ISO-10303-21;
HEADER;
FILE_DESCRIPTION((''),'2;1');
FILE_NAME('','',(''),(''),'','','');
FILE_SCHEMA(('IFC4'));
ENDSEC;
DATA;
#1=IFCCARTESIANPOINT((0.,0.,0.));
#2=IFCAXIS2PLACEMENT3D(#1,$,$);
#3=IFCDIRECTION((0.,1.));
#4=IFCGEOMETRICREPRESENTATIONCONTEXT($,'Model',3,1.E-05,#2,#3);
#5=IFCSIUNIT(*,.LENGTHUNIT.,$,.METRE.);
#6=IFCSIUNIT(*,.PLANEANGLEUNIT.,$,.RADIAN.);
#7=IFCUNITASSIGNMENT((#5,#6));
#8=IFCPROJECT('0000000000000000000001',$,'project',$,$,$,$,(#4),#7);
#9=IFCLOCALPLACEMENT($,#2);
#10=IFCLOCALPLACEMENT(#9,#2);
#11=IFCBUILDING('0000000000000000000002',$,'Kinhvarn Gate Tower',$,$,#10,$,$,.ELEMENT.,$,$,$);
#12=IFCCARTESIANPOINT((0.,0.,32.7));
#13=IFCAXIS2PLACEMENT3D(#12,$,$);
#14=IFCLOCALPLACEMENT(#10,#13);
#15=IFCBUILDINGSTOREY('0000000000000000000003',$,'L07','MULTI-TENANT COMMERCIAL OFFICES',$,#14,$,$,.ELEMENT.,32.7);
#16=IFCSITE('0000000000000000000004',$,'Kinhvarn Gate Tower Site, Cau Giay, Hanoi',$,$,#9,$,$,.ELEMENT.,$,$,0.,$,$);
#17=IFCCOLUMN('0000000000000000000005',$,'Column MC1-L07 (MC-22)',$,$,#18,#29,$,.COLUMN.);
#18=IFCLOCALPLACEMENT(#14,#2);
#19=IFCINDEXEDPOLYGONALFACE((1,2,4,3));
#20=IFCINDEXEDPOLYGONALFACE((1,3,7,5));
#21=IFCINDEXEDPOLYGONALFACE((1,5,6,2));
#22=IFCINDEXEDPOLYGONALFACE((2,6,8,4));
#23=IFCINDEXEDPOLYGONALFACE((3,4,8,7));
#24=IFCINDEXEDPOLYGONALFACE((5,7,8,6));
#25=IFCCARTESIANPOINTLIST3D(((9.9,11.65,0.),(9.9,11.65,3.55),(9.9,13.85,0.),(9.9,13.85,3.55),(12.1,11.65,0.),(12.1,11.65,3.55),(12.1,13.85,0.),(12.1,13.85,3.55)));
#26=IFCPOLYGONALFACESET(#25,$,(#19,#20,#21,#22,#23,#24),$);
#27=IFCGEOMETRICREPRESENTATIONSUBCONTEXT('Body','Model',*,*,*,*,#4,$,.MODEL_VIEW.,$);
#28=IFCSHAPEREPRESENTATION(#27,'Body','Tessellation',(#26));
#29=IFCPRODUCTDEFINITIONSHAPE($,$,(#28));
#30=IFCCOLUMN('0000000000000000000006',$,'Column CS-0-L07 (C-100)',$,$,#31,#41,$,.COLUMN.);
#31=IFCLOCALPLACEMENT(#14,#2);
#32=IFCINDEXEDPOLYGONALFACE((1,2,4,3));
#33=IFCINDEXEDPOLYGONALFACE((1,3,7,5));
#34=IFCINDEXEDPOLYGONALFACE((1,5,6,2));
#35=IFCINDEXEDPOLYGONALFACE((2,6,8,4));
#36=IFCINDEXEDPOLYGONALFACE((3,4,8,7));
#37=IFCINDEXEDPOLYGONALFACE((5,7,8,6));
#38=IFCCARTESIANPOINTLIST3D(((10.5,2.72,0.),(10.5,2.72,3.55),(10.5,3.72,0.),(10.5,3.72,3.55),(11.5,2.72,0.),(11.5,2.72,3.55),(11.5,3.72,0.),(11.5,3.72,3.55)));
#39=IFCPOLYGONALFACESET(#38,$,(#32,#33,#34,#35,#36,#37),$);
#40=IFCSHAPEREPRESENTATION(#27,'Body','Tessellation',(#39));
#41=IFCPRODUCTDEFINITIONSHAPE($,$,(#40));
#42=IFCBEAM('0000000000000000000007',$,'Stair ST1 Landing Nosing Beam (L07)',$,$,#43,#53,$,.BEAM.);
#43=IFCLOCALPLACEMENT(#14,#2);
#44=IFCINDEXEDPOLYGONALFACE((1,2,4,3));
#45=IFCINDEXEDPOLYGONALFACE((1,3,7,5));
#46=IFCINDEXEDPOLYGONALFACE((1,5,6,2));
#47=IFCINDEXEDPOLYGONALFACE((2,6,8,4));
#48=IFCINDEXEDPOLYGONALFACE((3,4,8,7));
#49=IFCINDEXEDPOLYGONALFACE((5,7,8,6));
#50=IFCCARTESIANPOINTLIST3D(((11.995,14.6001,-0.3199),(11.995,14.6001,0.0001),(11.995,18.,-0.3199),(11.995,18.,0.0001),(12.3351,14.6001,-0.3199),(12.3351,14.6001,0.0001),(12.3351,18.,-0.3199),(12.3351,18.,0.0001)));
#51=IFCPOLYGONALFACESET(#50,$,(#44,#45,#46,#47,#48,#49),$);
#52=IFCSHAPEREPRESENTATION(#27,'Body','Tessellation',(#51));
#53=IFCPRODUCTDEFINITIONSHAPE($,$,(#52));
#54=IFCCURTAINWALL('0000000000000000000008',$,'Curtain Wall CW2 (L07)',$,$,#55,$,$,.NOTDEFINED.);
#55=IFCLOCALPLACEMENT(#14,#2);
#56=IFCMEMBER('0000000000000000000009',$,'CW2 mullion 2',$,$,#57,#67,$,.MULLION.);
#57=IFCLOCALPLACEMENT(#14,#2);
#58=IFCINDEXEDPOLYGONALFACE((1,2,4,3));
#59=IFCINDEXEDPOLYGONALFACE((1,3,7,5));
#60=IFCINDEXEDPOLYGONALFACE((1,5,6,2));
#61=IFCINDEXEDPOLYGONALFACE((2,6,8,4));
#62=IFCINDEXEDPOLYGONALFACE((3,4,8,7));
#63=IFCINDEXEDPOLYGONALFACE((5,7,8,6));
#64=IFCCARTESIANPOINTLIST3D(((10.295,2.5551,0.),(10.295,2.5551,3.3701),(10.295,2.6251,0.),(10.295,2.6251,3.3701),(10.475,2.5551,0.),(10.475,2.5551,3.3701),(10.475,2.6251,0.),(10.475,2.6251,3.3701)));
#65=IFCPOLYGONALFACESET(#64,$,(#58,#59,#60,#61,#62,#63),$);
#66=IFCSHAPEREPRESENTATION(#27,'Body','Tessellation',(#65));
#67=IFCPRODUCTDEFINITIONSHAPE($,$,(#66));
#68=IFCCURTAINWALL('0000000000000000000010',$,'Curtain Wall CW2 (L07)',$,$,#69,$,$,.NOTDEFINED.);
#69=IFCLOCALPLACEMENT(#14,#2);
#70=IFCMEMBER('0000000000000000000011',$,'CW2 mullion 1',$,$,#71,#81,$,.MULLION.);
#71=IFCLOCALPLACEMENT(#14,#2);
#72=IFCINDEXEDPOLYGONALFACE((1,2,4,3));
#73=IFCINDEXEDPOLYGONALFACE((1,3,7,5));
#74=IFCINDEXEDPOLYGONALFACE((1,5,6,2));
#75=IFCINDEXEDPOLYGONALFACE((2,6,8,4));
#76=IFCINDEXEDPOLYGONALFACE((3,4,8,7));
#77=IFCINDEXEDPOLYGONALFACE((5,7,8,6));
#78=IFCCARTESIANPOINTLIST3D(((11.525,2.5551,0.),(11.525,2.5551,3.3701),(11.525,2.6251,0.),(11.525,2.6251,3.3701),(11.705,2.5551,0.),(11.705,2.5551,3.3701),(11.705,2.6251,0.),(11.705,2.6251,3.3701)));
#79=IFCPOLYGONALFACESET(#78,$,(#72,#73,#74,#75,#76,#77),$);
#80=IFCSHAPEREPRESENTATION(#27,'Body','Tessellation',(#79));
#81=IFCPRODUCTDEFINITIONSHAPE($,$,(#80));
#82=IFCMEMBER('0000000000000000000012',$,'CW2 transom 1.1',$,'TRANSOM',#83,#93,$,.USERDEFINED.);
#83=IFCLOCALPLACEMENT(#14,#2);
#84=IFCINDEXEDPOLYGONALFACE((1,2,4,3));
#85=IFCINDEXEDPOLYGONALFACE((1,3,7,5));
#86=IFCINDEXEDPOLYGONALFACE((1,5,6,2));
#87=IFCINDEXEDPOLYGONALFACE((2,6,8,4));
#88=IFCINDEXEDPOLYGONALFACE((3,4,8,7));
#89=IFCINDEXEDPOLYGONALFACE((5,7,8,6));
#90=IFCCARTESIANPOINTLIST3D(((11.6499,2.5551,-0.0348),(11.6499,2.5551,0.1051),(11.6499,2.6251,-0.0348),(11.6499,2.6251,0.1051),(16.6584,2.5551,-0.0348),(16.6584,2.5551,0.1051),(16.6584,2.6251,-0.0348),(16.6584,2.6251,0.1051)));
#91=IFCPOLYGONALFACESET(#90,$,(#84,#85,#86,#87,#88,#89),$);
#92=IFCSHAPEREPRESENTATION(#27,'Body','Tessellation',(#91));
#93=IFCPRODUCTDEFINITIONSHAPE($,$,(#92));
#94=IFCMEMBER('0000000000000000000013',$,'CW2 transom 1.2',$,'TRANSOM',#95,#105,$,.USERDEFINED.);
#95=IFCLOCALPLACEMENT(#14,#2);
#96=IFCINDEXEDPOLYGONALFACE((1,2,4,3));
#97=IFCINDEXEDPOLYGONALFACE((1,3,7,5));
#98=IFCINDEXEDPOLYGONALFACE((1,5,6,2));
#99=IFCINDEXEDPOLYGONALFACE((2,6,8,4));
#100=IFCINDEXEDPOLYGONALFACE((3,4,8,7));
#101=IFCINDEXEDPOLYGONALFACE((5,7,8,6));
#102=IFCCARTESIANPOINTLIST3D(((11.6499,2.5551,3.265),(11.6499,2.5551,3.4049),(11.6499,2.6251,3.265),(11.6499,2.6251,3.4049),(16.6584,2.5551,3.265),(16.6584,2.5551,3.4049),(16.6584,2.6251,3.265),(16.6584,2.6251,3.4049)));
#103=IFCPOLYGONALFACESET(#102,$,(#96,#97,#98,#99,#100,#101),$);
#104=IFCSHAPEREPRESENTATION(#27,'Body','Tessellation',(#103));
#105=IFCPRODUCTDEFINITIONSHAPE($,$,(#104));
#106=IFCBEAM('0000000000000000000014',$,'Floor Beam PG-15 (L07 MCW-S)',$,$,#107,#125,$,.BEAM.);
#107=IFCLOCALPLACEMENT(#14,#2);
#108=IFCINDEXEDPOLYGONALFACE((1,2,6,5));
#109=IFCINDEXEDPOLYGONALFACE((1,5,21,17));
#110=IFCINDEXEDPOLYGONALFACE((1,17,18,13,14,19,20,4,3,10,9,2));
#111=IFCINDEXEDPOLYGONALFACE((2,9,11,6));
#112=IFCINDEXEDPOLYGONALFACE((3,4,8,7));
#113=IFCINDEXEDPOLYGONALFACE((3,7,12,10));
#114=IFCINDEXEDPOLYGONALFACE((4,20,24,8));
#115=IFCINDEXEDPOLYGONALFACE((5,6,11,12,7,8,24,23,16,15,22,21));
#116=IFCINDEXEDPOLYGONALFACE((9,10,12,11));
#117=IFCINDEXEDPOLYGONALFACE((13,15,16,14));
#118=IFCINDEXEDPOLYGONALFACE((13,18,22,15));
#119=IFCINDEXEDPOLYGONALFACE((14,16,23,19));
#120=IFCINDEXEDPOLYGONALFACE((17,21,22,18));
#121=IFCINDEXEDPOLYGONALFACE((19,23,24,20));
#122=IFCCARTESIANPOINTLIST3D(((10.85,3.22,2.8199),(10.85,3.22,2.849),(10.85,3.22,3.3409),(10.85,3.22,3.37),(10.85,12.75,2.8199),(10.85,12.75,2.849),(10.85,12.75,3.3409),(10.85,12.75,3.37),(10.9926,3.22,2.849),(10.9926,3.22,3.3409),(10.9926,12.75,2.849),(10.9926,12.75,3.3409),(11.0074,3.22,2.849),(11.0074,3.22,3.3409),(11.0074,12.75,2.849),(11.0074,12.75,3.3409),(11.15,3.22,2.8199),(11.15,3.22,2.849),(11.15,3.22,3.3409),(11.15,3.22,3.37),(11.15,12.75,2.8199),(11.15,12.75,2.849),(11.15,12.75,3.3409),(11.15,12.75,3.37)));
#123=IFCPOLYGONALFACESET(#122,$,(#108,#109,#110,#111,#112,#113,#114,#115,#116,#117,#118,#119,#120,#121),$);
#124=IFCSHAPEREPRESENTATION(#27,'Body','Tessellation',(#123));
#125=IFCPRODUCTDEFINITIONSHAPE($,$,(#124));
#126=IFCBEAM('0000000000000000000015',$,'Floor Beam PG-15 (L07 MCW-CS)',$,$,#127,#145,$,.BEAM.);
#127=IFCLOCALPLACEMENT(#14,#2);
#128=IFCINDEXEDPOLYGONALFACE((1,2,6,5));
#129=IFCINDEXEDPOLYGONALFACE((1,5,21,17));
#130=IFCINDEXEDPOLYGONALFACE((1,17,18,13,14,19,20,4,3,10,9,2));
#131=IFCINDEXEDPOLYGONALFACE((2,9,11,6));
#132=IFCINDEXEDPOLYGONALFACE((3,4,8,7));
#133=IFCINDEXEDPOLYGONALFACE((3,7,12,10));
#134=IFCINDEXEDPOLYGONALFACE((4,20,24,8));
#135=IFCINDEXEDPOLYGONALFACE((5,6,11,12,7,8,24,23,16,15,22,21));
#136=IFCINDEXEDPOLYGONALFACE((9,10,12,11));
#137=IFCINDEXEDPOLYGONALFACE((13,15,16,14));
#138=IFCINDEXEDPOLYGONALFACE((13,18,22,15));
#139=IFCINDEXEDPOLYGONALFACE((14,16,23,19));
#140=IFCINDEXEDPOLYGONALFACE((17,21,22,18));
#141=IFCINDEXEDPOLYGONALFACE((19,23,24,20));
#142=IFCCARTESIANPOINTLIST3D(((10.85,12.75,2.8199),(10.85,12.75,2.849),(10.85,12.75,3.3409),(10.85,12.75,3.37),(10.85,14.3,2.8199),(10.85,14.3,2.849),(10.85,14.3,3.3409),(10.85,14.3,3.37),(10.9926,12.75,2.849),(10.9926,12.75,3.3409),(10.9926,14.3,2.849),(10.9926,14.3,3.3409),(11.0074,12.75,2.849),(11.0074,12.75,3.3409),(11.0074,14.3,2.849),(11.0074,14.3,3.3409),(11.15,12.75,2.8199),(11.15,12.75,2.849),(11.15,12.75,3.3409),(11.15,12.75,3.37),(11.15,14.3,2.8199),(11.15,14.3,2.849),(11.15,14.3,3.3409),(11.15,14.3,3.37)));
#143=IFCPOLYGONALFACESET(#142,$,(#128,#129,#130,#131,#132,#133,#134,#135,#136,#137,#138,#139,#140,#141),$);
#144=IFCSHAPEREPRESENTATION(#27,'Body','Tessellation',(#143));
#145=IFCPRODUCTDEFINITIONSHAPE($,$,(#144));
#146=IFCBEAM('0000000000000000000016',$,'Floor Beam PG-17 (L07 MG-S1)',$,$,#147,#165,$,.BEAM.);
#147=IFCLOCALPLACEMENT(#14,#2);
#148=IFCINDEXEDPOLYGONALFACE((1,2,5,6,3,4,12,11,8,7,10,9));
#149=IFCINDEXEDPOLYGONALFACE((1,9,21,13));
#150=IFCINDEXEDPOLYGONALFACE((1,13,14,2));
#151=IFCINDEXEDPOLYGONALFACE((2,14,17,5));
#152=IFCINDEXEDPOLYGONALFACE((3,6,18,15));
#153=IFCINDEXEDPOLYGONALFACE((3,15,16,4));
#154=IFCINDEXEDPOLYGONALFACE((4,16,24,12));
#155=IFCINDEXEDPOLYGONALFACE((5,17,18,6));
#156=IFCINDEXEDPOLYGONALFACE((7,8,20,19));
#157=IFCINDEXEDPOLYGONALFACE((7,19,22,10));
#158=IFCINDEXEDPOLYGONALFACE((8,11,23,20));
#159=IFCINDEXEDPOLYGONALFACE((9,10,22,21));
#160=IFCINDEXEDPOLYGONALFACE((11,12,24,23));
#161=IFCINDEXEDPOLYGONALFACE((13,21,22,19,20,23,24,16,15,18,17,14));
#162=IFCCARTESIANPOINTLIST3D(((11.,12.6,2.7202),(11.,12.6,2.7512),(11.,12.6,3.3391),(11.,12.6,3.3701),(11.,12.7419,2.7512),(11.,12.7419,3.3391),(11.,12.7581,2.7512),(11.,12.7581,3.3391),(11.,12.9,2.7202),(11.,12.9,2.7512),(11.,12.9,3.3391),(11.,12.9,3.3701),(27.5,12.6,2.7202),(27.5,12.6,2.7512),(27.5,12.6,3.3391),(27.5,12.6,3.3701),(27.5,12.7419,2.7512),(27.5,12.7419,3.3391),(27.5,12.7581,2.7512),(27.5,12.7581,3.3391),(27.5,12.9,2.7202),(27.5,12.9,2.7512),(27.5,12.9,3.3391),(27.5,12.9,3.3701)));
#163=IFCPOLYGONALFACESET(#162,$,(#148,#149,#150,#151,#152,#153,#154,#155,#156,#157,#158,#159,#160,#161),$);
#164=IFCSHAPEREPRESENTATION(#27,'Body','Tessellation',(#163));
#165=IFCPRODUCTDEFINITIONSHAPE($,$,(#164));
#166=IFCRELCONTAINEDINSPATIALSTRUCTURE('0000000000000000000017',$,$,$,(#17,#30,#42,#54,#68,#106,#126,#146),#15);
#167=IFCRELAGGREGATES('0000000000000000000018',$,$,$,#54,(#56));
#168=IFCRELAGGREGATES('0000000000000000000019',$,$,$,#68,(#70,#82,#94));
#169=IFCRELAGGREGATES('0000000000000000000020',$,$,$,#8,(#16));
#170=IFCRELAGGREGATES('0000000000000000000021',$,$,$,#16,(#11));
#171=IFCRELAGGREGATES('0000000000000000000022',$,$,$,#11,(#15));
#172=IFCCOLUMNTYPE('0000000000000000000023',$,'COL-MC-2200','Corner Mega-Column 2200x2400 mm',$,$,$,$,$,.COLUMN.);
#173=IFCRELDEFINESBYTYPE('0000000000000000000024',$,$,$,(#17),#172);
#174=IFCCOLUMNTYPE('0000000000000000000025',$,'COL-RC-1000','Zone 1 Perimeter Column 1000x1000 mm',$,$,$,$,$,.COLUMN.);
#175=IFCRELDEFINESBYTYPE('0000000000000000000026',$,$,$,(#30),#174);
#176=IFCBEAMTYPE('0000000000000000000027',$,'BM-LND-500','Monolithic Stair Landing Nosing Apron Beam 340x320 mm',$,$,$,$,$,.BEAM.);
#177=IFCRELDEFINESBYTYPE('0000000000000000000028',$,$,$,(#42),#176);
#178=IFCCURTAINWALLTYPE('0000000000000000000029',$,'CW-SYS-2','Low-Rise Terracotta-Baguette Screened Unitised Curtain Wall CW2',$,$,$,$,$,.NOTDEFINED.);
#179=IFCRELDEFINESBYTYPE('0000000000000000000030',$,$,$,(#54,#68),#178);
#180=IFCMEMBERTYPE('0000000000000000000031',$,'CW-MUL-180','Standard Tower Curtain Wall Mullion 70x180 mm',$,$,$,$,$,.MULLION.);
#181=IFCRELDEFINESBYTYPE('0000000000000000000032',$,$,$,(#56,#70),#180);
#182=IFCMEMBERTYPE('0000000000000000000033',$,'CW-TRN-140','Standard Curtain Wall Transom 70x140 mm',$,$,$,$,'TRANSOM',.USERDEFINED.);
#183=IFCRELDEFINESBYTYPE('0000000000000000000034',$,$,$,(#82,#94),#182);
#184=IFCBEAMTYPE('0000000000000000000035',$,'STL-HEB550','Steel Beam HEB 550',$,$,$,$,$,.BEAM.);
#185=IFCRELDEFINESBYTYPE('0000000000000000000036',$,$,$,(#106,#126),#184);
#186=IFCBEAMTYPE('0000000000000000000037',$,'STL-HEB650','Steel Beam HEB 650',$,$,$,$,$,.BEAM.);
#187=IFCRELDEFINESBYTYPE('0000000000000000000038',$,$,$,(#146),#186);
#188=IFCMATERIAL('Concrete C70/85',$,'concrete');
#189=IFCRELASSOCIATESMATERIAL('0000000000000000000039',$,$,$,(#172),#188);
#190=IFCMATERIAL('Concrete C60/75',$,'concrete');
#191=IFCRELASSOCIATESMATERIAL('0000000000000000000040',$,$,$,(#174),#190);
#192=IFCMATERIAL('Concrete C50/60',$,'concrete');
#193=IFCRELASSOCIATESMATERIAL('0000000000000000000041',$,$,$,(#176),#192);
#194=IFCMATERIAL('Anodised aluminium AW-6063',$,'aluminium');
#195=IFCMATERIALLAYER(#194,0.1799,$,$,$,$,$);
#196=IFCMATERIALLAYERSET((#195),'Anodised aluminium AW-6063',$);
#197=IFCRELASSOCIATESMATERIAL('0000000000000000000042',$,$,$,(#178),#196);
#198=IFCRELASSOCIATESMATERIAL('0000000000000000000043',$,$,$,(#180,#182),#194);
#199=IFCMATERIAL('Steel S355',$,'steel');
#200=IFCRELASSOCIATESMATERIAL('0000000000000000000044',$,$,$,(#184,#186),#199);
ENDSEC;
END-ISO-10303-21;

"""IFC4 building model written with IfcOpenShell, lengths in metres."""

from ifc_helpers import new_model, si_unit, direction, frame, origin, origin_2d, place, context, subcontext, project, spatial, rectangle, i_section, extrude, material, layer, layer_set, material_profile, profile_set, type_object, element, aggregate, save


model = new_model("IFC4")

# Units and contexts
model_context = context("Model", 3, precision=1e-05, world=origin(), true_north=direction((0.0, 1.0)))
body_context = subcontext(model_context, "Body", "Model", "MODEL_VIEW")
ifc_project = project(units=[si_unit("LENGTHUNIT", "METRE"), si_unit("PLANEANGLEUNIT", "RADIAN")], contexts=[model_context])

# Site, building, storey
site_placement = place(None, origin())
site = spatial("IfcSite", under=ifc_project, at=site_placement, Name="Kinhvarn Gate Tower Site, Cau Giay, Hanoi", CompositionType="ELEMENT", RefElevation=0.0)
building_placement = place(site_placement, origin())
building = spatial("IfcBuilding", under=site, at=building_placement, Name="Kinhvarn Gate Tower", CompositionType="ELEMENT")
storey_placement = place(building_placement, frame((0.0, 0.0, 32.7)))
storey = spatial("IfcBuildingStorey", under=building, at=storey_placement, Name="L07", Description="MULTI-TENANT COMMERCIAL OFFICES", CompositionType="ELEMENT", Elevation=32.7)

# Columns
ifc_material_1 = material(Name="Concrete C70/85", Category="concrete")
ifc_material_profile_1 = material_profile(ifc_material_1, rectangle(XDim=2.2, YDim=2.2, at=origin_2d()), Name="RC 2200x2200")
ifc_profile_set_1 = profile_set([ifc_material_profile_1], Name="Concrete C70/85")
column_type_1 = type_object("IfcColumnType", Name="COL-MC-2200", Description="Corner Mega-Column 2200x2400 mm", PredefinedType="COLUMN", material=ifc_profile_set_1)
column_1_placement = place(storey_placement, frame((11.0, 12.75, 0.0), z_axis=(0.0, 0.0, 1.0), x_axis=(1.0, 0.0, 0.0)))
element("IfcColumn", 1, at=column_1_placement, inside=storey, type_object=column_type_1, Name="Column MC1-L07 (MC-22)", PredefinedType="COLUMN", context=body_context, shape_type="SweptSolid", body=[
    extrude(rectangle(XDim=2.2, YDim=2.2, at=origin_2d()), origin(), (0.0, 0.0, 1.0), 3.55),
])
ifc_material_2 = material(Name="Concrete C60/75", Category="concrete")
ifc_material_profile_2 = material_profile(ifc_material_2, rectangle(XDim=1.0, YDim=1.0, at=origin_2d()), Name="RC 1000x1000")
ifc_profile_set_2 = profile_set([ifc_material_profile_2], Name="Concrete C60/75")
column_type_2 = type_object("IfcColumnType", Name="COL-RC-1000", Description="Zone 1 Perimeter Column 1000x1000 mm", PredefinedType="COLUMN", material=ifc_profile_set_2)
column_2_placement = place(storey_placement, frame((11.0, 3.22, 0.0), z_axis=(0.0, 0.0, 1.0), x_axis=(1.0, 0.0, 0.0)))
element("IfcColumn", 2, at=column_2_placement, inside=storey, type_object=column_type_2, Name="Column CS-0-L07 (C-100)", PredefinedType="COLUMN", context=body_context, shape_type="SweptSolid", body=[
    extrude(rectangle(XDim=1.0, YDim=1.0, at=origin_2d()), origin(), (0.0, 0.0, 1.0), 3.55),
])

# Beam
ifc_material_3 = material(Name="Concrete C50/60", Category="concrete")
ifc_material_profile_3 = material_profile(ifc_material_3, rectangle(XDim=0.3401, YDim=0.3201, at=origin_2d()), Name="RC 340x320")
ifc_profile_set_3 = profile_set([ifc_material_profile_3], Name="Concrete C50/60")
beam_type_1 = type_object("IfcBeamType", Name="BM-LND-500", Description="Monolithic Stair Landing Nosing Apron Beam 340x320 mm", PredefinedType="BEAM", material=ifc_profile_set_3)
beam_1_placement = place(storey_placement, frame((12.165, 14.6001, -0.1599), z_axis=(0.0, 1.0, 0.0), x_axis=(-1.0, 0.0, 0.0)))
element("IfcBeam", 3, at=beam_1_placement, inside=storey, type_object=beam_type_1, Name="Stair ST1 Landing Nosing Beam (L07)", PredefinedType="BEAM", context=body_context, shape_type="SweptSolid", body=[
    extrude(rectangle(XDim=0.3401, YDim=0.3201, at=origin_2d()), origin(), (0.0, 0.0, 1.0), 3.3999),
])

# Curtain wall, member
ifc_material_4 = material(Name="Anodised aluminium AW-6063", Category="aluminium")
ifc_layer_1 = layer(ifc_material_4, 0.1799)
ifc_layer_set_1 = layer_set([ifc_layer_1], Name="Anodised aluminium AW-6063")
curtain_wall_type = type_object("IfcCurtainWallType", Name="CW-SYS-2", Description="Low-Rise Terracotta-Baguette Screened Unitised Curtain Wall CW2", PredefinedType="NOTDEFINED", material=ifc_layer_set_1)
curtain_wall_1_placement = place(storey_placement, origin())
curtain_wall_1 = element("IfcCurtainWall", 4, at=curtain_wall_1_placement, inside=storey, type_object=curtain_wall_type, Name="Curtain Wall CW2 (L07)", PredefinedType="NOTDEFINED")
ifc_material_profile_4 = material_profile(ifc_material_4, rectangle(XDim=0.0701, YDim=0.1799, at=origin_2d()), Name="ALU 70x180")
ifc_profile_set_4 = profile_set([ifc_material_profile_4], Name="Anodised aluminium AW-6063")
member_type_1 = type_object("IfcMemberType", Name="CW-MUL-180", Description="Standard Tower Curtain Wall Mullion 70x180 mm", PredefinedType="MULLION", material=ifc_profile_set_4)
member_1_placement = place(storey_placement, frame((10.385, 2.5901, 0.0), z_axis=(0.0, 0.0, 1.0), x_axis=(0.0, 1.0, 0.0)))
member_1 = element("IfcMember", 5, at=member_1_placement, type_object=member_type_1, Name="CW2 mullion 2", PredefinedType="MULLION", context=body_context, shape_type="SweptSolid", body=[
    extrude(rectangle(XDim=0.0701, YDim=0.1799, at=origin_2d()), origin(), (0.0, 0.0, 1.0), 3.3701),
])
aggregate(curtain_wall_1, [member_1])

# Curtain wall, members
curtain_wall_2_placement = place(storey_placement, origin())
curtain_wall_2 = element("IfcCurtainWall", 6, at=curtain_wall_2_placement, inside=storey, type_object=curtain_wall_type, Name="Curtain Wall CW2 (L07)", PredefinedType="NOTDEFINED")
member_2_placement = place(storey_placement, frame((11.615, 2.5901, 0.0), z_axis=(0.0, 0.0, 1.0), x_axis=(0.0, 1.0, 0.0)))
member_2 = element("IfcMember", 7, at=member_2_placement, type_object=member_type_1, Name="CW2 mullion 1", PredefinedType="MULLION", context=body_context, shape_type="SweptSolid", body=[
    extrude(rectangle(XDim=0.0701, YDim=0.1799, at=origin_2d()), origin(), (0.0, 0.0, 1.0), 3.3701),
])
ifc_material_profile_5 = material_profile(ifc_material_4, rectangle(XDim=0.0701, YDim=0.1399, at=origin_2d()), Name="ALU 70x140")
ifc_profile_set_5 = profile_set([ifc_material_profile_5], Name="Anodised aluminium AW-6063")
member_type_2 = type_object("IfcMemberType", Name="CW-TRN-140", Description="Standard Curtain Wall Transom 70x140 mm", ElementType="TRANSOM", PredefinedType="USERDEFINED", material=ifc_profile_set_5)
member_3_placement = place(storey_placement, frame((11.6499, 2.5901, 0.0352), z_axis=(1.0, 0.0, 0.0), x_axis=(0.0, 1.0, 0.0)))
member_3 = element("IfcMember", 8, at=member_3_placement, type_object=member_type_2, Name="CW2 transom 1.1", ObjectType="TRANSOM", PredefinedType="USERDEFINED", context=body_context, shape_type="SweptSolid", body=[
    extrude(rectangle(XDim=0.0701, YDim=0.1399, at=origin_2d()), origin(), (0.0, 0.0, 1.0), 5.0085),
])
member_4_placement = place(storey_placement, frame((11.6499, 2.5901, 3.335), z_axis=(1.0, 0.0, 0.0), x_axis=(0.0, 1.0, 0.0)))
member_4 = element("IfcMember", 9, at=member_4_placement, type_object=member_type_2, Name="CW2 transom 1.2", ObjectType="TRANSOM", PredefinedType="USERDEFINED", context=body_context, shape_type="SweptSolid", body=[
    extrude(rectangle(XDim=0.0701, YDim=0.1399, at=origin_2d()), origin(), (0.0, 0.0, 1.0), 5.0085),
])

# Beams
ifc_material_5 = material(Name="Steel S355", Category="steel")
ifc_material_profile_6 = material_profile(ifc_material_5, i_section(OverallWidth=0.3, OverallDepth=0.55, WebThickness=0.0149, FlangeThickness=0.0291, at=origin_2d()), Name="HEB 550")
ifc_profile_set_6 = profile_set([ifc_material_profile_6], Name="Steel S355")
beam_type_2 = type_object("IfcBeamType", Name="STL-HEB550", Description="Steel Beam HEB 550", PredefinedType="BEAM", material=ifc_profile_set_6)
beam_2_placement = place(storey_placement, frame((11.0, 3.22, 3.095), z_axis=(0.0, 1.0, 0.0), x_axis=(-1.0, 0.0, 0.0)))
element("IfcBeam", 10, at=beam_2_placement, inside=storey, type_object=beam_type_2, Name="Floor Beam PG-15 (L07 MCW-S)", PredefinedType="BEAM", context=body_context, shape_type="SweptSolid", body=[
    extrude(i_section(OverallWidth=0.3, OverallDepth=0.55, WebThickness=0.0149, FlangeThickness=0.0291, at=origin_2d()), origin(), (0.0, 0.0, 1.0), 9.53),
])
beam_3_placement = place(storey_placement, frame((11.0, 12.75, 3.095), z_axis=(0.0, 1.0, 0.0), x_axis=(-1.0, 0.0, 0.0)))
element("IfcBeam", 11, at=beam_3_placement, inside=storey, type_object=beam_type_2, Name="Floor Beam PG-15 (L07 MCW-CS)", PredefinedType="BEAM", context=body_context, shape_type="SweptSolid", body=[
    extrude(i_section(OverallWidth=0.3, OverallDepth=0.55, WebThickness=0.0149, FlangeThickness=0.0291, at=origin_2d()), origin(), (0.0, 0.0, 1.0), 1.55),
])
ifc_material_profile_7 = material_profile(ifc_material_5, i_section(OverallWidth=0.3, OverallDepth=0.6499, WebThickness=0.0161, FlangeThickness=0.031, at=origin_2d()), Name="HEB 650")
ifc_profile_set_7 = profile_set([ifc_material_profile_7], Name="Steel S355")
beam_type_3 = type_object("IfcBeamType", Name="STL-HEB650", Description="Steel Beam HEB 650", PredefinedType="BEAM", material=ifc_profile_set_7)
beam_4_placement = place(storey_placement, frame((11.0, 12.75, 3.0452), z_axis=(1.0, 0.0, 0.0), x_axis=(0.0, 1.0, 0.0)))
element("IfcBeam", 12, at=beam_4_placement, inside=storey, type_object=beam_type_3, Name="Floor Beam PG-17 (L07 MG-S1)", PredefinedType="BEAM", context=body_context, shape_type="SweptSolid", body=[
    extrude(i_section(OverallWidth=0.3, OverallDepth=0.6499, WebThickness=0.0161, FlangeThickness=0.031, at=origin_2d()), origin(), (0.0, 0.0, 1.0), 16.5),
])

aggregate(curtain_wall_2, [member_2, member_3, member_4])

save(model, "model.ifc")
